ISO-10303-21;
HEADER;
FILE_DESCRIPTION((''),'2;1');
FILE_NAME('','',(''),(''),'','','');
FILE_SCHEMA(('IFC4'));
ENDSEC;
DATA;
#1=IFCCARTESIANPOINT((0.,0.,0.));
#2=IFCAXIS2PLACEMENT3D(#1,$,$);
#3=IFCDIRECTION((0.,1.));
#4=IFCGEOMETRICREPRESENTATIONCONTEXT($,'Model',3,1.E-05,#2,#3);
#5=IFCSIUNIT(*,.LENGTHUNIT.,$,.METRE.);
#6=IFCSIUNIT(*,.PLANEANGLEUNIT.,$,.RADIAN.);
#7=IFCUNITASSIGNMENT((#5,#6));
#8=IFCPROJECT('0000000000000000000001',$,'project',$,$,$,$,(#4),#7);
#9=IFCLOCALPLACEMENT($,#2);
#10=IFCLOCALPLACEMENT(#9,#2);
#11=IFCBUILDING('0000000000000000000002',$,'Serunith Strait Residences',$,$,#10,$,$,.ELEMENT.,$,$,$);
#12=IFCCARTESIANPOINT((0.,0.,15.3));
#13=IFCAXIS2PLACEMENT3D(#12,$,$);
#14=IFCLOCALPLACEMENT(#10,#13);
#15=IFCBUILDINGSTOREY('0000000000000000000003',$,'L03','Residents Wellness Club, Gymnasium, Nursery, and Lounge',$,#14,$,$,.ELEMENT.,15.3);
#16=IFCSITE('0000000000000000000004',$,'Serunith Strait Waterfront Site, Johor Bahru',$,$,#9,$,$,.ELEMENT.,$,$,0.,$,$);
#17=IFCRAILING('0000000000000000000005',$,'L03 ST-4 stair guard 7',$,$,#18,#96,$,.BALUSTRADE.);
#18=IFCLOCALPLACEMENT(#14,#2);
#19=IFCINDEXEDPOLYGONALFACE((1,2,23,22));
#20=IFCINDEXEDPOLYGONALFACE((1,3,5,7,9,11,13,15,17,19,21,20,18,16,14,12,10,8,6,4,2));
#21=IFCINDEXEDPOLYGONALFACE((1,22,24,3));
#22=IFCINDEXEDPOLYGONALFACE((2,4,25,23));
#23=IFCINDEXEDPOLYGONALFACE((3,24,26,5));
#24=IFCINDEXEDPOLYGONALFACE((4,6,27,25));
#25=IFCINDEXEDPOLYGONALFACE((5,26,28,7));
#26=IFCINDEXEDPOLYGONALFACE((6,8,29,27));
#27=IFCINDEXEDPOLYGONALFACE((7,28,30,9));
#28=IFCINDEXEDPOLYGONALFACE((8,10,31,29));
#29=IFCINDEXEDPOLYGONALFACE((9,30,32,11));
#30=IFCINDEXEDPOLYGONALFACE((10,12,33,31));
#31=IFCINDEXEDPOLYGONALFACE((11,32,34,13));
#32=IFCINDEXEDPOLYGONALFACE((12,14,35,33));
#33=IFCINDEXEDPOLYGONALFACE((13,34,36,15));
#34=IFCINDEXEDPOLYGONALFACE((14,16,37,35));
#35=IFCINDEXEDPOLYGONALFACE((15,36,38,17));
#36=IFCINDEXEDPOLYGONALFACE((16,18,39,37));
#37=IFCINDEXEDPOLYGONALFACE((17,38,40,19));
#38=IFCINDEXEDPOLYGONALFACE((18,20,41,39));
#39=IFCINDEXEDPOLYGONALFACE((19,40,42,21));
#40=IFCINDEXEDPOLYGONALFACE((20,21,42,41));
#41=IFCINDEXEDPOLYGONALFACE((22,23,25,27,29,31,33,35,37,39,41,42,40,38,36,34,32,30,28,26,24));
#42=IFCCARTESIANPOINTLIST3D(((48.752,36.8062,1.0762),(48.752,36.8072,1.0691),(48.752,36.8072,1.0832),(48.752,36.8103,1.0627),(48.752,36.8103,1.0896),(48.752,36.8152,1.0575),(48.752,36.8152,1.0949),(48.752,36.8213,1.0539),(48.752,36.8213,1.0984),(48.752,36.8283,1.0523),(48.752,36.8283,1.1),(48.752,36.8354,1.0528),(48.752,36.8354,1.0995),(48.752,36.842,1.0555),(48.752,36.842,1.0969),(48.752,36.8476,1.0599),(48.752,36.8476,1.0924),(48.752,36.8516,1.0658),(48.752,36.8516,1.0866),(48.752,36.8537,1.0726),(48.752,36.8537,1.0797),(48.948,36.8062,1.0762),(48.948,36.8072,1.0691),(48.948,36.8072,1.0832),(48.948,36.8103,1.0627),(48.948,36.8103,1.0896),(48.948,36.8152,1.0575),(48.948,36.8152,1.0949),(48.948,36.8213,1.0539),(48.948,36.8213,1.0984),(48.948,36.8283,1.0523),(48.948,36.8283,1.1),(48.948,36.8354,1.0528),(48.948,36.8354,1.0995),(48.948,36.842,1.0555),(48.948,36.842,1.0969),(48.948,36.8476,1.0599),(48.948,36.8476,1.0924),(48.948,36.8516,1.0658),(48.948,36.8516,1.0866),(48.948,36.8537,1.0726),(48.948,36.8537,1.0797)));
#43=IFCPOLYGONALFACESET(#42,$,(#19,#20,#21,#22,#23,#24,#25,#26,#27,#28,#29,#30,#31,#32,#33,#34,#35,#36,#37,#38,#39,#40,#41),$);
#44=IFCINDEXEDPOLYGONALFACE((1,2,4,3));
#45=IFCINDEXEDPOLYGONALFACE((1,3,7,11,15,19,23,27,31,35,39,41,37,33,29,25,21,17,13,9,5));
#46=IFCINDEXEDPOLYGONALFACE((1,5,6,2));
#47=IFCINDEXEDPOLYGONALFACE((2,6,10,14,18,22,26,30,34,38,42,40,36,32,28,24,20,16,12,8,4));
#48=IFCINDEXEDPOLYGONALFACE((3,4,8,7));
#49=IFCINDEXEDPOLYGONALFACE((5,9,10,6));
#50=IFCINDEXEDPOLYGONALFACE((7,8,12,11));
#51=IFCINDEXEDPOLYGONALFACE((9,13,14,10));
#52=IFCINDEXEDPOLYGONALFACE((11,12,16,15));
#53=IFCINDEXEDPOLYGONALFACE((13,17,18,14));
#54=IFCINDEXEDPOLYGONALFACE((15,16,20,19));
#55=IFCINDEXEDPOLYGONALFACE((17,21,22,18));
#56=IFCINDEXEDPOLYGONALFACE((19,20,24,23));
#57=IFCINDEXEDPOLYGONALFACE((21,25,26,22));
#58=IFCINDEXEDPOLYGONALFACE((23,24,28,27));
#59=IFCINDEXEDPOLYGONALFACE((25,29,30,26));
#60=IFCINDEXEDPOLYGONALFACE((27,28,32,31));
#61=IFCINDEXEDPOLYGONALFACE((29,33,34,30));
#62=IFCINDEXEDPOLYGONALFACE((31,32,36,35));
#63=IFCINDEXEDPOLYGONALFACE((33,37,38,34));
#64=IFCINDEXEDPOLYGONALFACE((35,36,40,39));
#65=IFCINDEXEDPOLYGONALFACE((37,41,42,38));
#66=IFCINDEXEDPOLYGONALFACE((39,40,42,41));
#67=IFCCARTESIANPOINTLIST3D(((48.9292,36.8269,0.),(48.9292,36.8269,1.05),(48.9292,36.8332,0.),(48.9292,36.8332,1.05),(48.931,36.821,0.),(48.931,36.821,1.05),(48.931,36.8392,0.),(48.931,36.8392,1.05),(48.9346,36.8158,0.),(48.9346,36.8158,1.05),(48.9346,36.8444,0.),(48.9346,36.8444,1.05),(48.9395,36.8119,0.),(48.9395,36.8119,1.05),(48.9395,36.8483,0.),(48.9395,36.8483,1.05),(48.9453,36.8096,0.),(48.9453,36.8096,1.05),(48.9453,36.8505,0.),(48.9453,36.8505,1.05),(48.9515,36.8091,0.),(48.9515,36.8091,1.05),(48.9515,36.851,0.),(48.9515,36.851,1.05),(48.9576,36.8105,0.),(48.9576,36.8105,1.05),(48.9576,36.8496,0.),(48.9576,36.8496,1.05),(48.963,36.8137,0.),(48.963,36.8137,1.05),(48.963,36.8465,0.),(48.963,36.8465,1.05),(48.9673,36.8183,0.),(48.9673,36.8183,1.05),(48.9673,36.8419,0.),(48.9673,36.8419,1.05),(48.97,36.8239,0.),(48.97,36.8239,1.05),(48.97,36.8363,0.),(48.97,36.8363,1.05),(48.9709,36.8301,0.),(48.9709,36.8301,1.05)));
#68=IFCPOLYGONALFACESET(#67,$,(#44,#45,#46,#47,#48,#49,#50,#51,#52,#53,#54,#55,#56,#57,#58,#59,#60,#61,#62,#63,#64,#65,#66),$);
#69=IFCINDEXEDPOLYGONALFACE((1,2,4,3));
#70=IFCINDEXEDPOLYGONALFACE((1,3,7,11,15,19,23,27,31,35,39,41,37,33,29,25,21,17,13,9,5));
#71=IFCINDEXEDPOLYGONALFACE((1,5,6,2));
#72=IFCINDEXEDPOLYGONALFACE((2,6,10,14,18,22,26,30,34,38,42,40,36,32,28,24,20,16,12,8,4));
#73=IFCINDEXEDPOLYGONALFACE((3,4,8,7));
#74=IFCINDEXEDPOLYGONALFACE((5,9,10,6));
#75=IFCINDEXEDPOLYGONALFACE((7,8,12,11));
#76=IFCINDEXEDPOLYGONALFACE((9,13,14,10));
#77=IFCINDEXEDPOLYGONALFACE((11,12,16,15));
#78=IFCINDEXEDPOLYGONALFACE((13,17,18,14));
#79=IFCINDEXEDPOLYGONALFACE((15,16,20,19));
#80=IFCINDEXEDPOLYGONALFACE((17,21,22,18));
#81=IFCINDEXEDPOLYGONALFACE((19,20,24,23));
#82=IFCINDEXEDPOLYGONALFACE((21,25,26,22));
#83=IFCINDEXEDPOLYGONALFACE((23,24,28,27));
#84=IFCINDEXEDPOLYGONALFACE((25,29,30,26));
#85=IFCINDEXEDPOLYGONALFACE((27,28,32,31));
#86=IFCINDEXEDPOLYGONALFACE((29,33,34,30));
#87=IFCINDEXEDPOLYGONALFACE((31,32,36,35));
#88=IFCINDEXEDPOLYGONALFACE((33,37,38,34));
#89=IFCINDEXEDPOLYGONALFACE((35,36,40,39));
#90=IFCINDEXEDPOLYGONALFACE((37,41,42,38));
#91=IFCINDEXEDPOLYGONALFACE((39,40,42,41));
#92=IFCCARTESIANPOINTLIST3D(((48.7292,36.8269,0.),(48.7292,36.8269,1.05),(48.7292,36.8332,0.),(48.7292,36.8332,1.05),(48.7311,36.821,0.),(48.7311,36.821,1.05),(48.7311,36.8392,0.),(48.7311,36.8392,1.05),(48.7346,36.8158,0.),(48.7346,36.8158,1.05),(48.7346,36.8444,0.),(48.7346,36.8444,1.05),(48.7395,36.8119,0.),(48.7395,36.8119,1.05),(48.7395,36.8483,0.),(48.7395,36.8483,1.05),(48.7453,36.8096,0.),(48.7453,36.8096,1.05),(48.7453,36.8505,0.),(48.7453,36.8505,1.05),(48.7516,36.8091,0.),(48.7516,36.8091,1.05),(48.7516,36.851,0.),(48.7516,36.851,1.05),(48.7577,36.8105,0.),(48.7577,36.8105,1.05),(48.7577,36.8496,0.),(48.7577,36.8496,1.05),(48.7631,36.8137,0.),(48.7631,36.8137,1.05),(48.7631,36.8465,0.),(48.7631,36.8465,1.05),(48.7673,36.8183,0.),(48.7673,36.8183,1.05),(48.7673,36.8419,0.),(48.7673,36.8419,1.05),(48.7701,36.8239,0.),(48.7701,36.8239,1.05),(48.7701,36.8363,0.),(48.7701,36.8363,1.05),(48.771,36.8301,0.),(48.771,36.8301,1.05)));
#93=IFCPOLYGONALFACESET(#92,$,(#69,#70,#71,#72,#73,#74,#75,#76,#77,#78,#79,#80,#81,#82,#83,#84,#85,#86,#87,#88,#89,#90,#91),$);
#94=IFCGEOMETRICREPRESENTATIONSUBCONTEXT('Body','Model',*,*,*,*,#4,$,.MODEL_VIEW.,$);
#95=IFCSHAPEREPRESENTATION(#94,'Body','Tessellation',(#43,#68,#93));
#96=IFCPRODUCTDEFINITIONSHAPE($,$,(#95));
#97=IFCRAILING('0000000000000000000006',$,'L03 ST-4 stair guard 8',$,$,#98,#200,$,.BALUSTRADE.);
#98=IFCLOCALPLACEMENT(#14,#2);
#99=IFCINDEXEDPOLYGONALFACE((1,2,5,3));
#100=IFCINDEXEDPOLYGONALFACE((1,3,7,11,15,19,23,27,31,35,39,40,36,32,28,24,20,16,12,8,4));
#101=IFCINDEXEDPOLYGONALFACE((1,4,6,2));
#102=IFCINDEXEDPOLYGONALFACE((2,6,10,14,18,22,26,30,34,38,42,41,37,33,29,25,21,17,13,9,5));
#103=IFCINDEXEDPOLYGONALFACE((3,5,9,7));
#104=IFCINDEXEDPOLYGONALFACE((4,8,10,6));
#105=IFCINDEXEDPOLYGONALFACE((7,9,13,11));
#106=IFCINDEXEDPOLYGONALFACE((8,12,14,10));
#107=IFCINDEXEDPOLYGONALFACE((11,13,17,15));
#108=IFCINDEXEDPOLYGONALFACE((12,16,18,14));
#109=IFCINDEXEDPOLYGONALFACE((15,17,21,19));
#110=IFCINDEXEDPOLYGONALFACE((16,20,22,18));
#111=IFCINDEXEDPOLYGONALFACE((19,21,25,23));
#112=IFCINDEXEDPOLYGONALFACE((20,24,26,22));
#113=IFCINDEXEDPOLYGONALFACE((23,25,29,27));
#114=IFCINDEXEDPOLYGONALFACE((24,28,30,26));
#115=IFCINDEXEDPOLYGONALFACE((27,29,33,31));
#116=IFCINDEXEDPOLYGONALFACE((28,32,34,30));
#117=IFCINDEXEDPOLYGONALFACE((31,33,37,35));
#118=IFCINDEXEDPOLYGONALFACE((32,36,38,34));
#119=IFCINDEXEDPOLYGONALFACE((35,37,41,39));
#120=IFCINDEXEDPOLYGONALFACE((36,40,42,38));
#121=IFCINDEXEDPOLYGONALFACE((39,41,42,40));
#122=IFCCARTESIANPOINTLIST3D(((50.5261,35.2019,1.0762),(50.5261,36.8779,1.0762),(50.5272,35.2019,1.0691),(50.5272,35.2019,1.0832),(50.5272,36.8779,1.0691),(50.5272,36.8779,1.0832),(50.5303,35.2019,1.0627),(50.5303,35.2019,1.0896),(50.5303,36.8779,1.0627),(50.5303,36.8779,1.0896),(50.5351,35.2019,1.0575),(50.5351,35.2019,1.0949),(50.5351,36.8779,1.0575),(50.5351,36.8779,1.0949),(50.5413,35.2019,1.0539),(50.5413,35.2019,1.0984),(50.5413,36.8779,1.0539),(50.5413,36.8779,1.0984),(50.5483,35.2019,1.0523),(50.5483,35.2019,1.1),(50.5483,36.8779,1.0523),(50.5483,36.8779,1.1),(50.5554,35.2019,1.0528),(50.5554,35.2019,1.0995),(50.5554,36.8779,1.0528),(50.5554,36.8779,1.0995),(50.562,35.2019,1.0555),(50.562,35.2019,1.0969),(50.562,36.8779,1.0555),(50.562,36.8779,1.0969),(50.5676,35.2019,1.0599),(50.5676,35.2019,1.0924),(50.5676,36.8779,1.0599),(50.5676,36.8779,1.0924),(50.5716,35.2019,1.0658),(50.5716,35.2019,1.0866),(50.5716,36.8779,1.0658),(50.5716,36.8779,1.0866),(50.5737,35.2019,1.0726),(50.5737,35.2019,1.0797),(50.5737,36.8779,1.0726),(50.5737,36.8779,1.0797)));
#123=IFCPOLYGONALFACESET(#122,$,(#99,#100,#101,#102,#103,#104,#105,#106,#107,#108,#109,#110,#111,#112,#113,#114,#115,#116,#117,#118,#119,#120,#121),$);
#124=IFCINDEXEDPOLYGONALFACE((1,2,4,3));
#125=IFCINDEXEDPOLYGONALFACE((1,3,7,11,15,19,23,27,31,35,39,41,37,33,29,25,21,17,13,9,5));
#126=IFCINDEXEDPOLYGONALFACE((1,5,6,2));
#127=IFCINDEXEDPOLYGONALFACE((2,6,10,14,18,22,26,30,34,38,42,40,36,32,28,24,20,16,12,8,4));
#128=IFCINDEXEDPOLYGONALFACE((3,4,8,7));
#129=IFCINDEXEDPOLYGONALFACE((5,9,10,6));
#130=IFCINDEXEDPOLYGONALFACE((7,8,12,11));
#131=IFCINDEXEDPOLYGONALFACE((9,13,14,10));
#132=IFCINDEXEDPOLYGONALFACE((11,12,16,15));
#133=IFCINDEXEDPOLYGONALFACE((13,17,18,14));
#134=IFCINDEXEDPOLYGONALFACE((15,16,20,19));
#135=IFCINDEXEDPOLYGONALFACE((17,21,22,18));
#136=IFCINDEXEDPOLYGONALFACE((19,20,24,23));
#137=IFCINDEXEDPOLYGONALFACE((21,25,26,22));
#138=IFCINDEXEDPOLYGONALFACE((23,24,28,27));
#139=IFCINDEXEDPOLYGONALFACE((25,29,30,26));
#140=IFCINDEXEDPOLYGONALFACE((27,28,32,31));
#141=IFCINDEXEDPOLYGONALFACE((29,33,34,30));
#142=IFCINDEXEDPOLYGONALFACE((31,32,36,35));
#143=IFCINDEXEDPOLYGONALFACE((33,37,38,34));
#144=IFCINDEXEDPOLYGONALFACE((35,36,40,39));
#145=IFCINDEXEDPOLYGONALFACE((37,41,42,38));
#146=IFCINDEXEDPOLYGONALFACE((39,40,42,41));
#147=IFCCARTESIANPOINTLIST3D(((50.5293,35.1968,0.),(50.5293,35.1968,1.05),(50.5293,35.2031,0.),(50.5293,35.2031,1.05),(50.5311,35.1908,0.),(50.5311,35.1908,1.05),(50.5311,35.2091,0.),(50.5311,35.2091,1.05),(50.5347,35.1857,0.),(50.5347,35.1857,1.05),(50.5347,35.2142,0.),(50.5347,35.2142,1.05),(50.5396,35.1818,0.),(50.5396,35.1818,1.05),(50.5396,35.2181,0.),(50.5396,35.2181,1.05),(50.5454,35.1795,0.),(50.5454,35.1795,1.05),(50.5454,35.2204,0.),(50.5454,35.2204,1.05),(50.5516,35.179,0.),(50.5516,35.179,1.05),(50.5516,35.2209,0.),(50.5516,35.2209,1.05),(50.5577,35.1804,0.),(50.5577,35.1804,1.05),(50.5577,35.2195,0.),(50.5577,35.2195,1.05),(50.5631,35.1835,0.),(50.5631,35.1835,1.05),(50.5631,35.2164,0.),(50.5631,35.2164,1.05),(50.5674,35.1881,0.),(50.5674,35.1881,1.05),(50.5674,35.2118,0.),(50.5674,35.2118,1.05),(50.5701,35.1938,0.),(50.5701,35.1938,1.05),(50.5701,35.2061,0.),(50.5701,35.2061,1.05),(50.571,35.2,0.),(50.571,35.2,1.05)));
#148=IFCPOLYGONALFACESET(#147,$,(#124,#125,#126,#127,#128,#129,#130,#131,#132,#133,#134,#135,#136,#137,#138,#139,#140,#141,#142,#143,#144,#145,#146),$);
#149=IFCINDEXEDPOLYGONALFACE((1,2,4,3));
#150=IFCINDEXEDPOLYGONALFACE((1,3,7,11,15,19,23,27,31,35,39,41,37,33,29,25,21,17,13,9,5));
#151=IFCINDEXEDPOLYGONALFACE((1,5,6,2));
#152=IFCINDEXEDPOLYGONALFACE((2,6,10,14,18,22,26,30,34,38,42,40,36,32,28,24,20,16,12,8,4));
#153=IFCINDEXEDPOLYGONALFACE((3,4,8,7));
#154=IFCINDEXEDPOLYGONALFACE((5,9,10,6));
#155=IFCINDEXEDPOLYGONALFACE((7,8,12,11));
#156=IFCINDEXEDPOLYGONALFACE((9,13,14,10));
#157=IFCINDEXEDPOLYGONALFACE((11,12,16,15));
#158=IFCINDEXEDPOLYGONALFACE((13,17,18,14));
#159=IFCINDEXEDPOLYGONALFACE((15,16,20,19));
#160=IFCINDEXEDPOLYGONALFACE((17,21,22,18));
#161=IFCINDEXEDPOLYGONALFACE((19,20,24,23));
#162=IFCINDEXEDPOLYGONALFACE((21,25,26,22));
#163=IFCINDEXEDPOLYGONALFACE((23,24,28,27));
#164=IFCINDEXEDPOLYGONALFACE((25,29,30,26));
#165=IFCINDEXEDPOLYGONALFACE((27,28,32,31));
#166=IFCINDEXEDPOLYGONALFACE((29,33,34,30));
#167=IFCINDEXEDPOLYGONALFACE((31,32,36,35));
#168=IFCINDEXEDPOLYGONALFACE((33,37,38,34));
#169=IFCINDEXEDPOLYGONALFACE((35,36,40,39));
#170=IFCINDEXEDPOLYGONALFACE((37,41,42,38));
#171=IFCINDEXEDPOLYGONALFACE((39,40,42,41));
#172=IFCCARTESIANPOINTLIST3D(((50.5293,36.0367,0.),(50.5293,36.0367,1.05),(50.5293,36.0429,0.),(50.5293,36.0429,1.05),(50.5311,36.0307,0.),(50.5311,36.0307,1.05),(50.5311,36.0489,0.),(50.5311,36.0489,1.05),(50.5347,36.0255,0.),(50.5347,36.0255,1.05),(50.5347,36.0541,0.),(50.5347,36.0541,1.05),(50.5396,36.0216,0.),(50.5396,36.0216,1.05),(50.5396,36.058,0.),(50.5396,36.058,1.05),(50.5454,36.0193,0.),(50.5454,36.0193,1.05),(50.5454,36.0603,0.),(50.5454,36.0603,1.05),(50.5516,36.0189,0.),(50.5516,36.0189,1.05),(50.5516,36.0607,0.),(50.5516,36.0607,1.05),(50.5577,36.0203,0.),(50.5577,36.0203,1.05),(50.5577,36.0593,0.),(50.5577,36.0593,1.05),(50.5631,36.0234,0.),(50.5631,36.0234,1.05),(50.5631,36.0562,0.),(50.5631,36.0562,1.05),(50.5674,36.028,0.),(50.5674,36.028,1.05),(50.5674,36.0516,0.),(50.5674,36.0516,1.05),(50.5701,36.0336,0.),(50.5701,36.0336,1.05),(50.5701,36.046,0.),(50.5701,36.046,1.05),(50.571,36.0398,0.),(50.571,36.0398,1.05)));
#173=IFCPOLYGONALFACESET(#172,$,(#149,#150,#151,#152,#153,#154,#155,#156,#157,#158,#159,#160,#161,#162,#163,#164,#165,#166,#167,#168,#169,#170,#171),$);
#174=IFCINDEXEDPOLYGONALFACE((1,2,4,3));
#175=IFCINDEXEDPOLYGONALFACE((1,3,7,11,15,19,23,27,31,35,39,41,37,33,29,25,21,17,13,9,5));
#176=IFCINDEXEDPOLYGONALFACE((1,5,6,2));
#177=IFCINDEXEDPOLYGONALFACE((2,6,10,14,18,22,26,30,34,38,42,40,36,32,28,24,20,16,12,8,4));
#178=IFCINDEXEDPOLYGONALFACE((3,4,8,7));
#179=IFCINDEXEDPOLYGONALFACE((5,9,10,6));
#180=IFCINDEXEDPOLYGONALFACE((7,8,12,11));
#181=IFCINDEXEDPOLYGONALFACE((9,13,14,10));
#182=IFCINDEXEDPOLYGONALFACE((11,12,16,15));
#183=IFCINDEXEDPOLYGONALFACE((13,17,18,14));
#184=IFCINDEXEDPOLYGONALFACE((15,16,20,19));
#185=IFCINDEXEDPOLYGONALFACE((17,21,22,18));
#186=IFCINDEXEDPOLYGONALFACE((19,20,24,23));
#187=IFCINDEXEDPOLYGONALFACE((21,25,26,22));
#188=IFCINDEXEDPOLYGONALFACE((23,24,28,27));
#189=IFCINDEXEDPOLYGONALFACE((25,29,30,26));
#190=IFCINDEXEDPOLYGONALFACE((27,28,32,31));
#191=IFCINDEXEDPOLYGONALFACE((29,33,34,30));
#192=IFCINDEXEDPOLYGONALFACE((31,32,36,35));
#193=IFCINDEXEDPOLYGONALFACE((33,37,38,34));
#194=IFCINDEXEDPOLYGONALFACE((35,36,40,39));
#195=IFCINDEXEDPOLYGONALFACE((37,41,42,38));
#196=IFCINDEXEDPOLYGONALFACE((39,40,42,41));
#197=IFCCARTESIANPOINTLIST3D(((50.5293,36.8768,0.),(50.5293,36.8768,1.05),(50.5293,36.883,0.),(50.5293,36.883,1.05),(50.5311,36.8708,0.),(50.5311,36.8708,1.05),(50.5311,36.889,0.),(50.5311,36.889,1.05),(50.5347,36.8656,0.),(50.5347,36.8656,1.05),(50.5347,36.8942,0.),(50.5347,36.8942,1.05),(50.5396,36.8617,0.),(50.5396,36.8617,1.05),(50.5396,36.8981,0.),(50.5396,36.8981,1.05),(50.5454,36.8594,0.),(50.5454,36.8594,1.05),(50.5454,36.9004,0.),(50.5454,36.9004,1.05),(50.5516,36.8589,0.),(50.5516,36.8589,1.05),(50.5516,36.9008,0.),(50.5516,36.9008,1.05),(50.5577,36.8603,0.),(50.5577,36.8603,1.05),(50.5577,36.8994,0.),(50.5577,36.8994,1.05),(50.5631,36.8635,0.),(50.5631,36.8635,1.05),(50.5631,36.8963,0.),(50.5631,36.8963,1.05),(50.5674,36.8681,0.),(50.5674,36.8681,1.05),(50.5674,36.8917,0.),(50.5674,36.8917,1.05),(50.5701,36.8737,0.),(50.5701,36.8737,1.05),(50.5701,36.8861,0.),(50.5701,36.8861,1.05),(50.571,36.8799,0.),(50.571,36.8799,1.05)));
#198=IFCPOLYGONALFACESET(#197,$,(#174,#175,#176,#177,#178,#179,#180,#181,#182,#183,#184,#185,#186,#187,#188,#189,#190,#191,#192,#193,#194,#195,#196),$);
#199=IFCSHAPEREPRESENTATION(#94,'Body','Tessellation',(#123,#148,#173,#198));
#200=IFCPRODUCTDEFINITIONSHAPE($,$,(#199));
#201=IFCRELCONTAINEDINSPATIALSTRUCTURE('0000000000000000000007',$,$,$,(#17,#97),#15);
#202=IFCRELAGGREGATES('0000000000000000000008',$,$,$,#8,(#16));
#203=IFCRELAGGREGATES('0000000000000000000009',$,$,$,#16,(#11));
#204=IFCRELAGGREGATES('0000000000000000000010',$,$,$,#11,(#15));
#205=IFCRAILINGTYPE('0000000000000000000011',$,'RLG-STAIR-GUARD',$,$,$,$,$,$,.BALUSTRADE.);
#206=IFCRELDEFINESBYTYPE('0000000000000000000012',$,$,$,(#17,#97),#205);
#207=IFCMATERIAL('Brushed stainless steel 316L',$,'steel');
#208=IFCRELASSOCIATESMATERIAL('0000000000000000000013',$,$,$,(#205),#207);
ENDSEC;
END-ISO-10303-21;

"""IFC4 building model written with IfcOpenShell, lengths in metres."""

from ifc_helpers import new_model, si_unit, direction, frame, origin, origin_2d, place, context, subcontext, project, spatial, circle, extrude, material, type_object, element, save


model = new_model("IFC4")

# Units and contexts
model_context = context("Model", 3, precision=1e-05, world=origin(), true_north=direction((0.0, 1.0)))
body_context = subcontext(model_context, "Body", "Model", "MODEL_VIEW")
ifc_project = project(units=[si_unit("LENGTHUNIT", "METRE"), si_unit("PLANEANGLEUNIT", "RADIAN")], contexts=[model_context])

# Site, building, storey
site_placement = place(None, origin())
site = spatial("IfcSite", under=ifc_project, at=site_placement, Name="Serunith Strait Waterfront Site, Johor Bahru", CompositionType="ELEMENT", RefElevation=0.0)
building_placement = place(site_placement, origin())
building = spatial("IfcBuilding", under=site, at=building_placement, Name="Serunith Strait Residences", CompositionType="ELEMENT")
storey_placement = place(building_placement, frame((0.0, 0.0, 15.3)))
storey = spatial("IfcBuildingStorey", under=building, at=storey_placement, Name="L03", Description="Residents Wellness Club, Gymnasium, Nursery, and Lounge", CompositionType="ELEMENT", Elevation=15.3)

# Railings
ifc_material_1 = material(Name="Brushed stainless steel 316L", Category="steel")
railing_type_1 = type_object("IfcRailingType", Name="RLG-STAIR-GUARD", PredefinedType="BALUSTRADE", material=ifc_material_1)
railing_1_placement = place(storey_placement, frame((48.95, 36.8301, 0.0)))
element("IfcRailing", 1, at=railing_1_placement, inside=storey, type_object=railing_type_1, Name="L03 ST-4 stair guard 7", PredefinedType="BALUSTRADE", context=body_context, shape_type="SweptSolid", body=[
    extrude(circle(Radius=0.0239, at=origin_2d()), frame((-0.002, 0.0, 1.0762), z_axis=(-1.0, 0.0, 0.0), x_axis=(0.0, -1.0, 0.0)), (0.0, 0.0, 1.0), 0.196),
    extrude(circle(Radius=0.021, at=origin_2d()), origin(), (0.0, 0.0, 1.0), 1.05),
    extrude(circle(Radius=0.021, at=origin_2d()), frame((-0.2, 0.0, 0.0)), (0.0, 0.0, 1.0), 1.05),
])
for number, where, name in (
    (2, (50.55, 35.2, 0.0), "L03 ST-4 stair guard 8"),
):
    element("IfcRailing", number, at=place(storey_placement, frame(where)), inside=storey, type_object=railing_type_1, Name=name, PredefinedType="BALUSTRADE", context=body_context, shape_type="SweptSolid", body=[
        extrude(circle(Radius=0.0239, at=origin_2d()), frame((0.0, 0.002, 1.0762), z_axis=(0.0, 1.0, 0.0), x_axis=(-1.0, 0.0, 0.0)), (0.0, 0.0, 1.0), 1.676),
        extrude(circle(Radius=0.021, at=origin_2d()), origin(), (0.0, 0.0, 1.0), 1.05),
        extrude(circle(Radius=0.021, at=origin_2d()), frame((0.0, 0.8398, 0.0)), (0.0, 0.0, 1.0), 1.05),
        extrude(circle(Radius=0.021, at=origin_2d()), frame((0.0, 1.6799, 0.0)), (0.0, 0.0, 1.0), 1.05),
    ])

save(model, "model.ifc")
